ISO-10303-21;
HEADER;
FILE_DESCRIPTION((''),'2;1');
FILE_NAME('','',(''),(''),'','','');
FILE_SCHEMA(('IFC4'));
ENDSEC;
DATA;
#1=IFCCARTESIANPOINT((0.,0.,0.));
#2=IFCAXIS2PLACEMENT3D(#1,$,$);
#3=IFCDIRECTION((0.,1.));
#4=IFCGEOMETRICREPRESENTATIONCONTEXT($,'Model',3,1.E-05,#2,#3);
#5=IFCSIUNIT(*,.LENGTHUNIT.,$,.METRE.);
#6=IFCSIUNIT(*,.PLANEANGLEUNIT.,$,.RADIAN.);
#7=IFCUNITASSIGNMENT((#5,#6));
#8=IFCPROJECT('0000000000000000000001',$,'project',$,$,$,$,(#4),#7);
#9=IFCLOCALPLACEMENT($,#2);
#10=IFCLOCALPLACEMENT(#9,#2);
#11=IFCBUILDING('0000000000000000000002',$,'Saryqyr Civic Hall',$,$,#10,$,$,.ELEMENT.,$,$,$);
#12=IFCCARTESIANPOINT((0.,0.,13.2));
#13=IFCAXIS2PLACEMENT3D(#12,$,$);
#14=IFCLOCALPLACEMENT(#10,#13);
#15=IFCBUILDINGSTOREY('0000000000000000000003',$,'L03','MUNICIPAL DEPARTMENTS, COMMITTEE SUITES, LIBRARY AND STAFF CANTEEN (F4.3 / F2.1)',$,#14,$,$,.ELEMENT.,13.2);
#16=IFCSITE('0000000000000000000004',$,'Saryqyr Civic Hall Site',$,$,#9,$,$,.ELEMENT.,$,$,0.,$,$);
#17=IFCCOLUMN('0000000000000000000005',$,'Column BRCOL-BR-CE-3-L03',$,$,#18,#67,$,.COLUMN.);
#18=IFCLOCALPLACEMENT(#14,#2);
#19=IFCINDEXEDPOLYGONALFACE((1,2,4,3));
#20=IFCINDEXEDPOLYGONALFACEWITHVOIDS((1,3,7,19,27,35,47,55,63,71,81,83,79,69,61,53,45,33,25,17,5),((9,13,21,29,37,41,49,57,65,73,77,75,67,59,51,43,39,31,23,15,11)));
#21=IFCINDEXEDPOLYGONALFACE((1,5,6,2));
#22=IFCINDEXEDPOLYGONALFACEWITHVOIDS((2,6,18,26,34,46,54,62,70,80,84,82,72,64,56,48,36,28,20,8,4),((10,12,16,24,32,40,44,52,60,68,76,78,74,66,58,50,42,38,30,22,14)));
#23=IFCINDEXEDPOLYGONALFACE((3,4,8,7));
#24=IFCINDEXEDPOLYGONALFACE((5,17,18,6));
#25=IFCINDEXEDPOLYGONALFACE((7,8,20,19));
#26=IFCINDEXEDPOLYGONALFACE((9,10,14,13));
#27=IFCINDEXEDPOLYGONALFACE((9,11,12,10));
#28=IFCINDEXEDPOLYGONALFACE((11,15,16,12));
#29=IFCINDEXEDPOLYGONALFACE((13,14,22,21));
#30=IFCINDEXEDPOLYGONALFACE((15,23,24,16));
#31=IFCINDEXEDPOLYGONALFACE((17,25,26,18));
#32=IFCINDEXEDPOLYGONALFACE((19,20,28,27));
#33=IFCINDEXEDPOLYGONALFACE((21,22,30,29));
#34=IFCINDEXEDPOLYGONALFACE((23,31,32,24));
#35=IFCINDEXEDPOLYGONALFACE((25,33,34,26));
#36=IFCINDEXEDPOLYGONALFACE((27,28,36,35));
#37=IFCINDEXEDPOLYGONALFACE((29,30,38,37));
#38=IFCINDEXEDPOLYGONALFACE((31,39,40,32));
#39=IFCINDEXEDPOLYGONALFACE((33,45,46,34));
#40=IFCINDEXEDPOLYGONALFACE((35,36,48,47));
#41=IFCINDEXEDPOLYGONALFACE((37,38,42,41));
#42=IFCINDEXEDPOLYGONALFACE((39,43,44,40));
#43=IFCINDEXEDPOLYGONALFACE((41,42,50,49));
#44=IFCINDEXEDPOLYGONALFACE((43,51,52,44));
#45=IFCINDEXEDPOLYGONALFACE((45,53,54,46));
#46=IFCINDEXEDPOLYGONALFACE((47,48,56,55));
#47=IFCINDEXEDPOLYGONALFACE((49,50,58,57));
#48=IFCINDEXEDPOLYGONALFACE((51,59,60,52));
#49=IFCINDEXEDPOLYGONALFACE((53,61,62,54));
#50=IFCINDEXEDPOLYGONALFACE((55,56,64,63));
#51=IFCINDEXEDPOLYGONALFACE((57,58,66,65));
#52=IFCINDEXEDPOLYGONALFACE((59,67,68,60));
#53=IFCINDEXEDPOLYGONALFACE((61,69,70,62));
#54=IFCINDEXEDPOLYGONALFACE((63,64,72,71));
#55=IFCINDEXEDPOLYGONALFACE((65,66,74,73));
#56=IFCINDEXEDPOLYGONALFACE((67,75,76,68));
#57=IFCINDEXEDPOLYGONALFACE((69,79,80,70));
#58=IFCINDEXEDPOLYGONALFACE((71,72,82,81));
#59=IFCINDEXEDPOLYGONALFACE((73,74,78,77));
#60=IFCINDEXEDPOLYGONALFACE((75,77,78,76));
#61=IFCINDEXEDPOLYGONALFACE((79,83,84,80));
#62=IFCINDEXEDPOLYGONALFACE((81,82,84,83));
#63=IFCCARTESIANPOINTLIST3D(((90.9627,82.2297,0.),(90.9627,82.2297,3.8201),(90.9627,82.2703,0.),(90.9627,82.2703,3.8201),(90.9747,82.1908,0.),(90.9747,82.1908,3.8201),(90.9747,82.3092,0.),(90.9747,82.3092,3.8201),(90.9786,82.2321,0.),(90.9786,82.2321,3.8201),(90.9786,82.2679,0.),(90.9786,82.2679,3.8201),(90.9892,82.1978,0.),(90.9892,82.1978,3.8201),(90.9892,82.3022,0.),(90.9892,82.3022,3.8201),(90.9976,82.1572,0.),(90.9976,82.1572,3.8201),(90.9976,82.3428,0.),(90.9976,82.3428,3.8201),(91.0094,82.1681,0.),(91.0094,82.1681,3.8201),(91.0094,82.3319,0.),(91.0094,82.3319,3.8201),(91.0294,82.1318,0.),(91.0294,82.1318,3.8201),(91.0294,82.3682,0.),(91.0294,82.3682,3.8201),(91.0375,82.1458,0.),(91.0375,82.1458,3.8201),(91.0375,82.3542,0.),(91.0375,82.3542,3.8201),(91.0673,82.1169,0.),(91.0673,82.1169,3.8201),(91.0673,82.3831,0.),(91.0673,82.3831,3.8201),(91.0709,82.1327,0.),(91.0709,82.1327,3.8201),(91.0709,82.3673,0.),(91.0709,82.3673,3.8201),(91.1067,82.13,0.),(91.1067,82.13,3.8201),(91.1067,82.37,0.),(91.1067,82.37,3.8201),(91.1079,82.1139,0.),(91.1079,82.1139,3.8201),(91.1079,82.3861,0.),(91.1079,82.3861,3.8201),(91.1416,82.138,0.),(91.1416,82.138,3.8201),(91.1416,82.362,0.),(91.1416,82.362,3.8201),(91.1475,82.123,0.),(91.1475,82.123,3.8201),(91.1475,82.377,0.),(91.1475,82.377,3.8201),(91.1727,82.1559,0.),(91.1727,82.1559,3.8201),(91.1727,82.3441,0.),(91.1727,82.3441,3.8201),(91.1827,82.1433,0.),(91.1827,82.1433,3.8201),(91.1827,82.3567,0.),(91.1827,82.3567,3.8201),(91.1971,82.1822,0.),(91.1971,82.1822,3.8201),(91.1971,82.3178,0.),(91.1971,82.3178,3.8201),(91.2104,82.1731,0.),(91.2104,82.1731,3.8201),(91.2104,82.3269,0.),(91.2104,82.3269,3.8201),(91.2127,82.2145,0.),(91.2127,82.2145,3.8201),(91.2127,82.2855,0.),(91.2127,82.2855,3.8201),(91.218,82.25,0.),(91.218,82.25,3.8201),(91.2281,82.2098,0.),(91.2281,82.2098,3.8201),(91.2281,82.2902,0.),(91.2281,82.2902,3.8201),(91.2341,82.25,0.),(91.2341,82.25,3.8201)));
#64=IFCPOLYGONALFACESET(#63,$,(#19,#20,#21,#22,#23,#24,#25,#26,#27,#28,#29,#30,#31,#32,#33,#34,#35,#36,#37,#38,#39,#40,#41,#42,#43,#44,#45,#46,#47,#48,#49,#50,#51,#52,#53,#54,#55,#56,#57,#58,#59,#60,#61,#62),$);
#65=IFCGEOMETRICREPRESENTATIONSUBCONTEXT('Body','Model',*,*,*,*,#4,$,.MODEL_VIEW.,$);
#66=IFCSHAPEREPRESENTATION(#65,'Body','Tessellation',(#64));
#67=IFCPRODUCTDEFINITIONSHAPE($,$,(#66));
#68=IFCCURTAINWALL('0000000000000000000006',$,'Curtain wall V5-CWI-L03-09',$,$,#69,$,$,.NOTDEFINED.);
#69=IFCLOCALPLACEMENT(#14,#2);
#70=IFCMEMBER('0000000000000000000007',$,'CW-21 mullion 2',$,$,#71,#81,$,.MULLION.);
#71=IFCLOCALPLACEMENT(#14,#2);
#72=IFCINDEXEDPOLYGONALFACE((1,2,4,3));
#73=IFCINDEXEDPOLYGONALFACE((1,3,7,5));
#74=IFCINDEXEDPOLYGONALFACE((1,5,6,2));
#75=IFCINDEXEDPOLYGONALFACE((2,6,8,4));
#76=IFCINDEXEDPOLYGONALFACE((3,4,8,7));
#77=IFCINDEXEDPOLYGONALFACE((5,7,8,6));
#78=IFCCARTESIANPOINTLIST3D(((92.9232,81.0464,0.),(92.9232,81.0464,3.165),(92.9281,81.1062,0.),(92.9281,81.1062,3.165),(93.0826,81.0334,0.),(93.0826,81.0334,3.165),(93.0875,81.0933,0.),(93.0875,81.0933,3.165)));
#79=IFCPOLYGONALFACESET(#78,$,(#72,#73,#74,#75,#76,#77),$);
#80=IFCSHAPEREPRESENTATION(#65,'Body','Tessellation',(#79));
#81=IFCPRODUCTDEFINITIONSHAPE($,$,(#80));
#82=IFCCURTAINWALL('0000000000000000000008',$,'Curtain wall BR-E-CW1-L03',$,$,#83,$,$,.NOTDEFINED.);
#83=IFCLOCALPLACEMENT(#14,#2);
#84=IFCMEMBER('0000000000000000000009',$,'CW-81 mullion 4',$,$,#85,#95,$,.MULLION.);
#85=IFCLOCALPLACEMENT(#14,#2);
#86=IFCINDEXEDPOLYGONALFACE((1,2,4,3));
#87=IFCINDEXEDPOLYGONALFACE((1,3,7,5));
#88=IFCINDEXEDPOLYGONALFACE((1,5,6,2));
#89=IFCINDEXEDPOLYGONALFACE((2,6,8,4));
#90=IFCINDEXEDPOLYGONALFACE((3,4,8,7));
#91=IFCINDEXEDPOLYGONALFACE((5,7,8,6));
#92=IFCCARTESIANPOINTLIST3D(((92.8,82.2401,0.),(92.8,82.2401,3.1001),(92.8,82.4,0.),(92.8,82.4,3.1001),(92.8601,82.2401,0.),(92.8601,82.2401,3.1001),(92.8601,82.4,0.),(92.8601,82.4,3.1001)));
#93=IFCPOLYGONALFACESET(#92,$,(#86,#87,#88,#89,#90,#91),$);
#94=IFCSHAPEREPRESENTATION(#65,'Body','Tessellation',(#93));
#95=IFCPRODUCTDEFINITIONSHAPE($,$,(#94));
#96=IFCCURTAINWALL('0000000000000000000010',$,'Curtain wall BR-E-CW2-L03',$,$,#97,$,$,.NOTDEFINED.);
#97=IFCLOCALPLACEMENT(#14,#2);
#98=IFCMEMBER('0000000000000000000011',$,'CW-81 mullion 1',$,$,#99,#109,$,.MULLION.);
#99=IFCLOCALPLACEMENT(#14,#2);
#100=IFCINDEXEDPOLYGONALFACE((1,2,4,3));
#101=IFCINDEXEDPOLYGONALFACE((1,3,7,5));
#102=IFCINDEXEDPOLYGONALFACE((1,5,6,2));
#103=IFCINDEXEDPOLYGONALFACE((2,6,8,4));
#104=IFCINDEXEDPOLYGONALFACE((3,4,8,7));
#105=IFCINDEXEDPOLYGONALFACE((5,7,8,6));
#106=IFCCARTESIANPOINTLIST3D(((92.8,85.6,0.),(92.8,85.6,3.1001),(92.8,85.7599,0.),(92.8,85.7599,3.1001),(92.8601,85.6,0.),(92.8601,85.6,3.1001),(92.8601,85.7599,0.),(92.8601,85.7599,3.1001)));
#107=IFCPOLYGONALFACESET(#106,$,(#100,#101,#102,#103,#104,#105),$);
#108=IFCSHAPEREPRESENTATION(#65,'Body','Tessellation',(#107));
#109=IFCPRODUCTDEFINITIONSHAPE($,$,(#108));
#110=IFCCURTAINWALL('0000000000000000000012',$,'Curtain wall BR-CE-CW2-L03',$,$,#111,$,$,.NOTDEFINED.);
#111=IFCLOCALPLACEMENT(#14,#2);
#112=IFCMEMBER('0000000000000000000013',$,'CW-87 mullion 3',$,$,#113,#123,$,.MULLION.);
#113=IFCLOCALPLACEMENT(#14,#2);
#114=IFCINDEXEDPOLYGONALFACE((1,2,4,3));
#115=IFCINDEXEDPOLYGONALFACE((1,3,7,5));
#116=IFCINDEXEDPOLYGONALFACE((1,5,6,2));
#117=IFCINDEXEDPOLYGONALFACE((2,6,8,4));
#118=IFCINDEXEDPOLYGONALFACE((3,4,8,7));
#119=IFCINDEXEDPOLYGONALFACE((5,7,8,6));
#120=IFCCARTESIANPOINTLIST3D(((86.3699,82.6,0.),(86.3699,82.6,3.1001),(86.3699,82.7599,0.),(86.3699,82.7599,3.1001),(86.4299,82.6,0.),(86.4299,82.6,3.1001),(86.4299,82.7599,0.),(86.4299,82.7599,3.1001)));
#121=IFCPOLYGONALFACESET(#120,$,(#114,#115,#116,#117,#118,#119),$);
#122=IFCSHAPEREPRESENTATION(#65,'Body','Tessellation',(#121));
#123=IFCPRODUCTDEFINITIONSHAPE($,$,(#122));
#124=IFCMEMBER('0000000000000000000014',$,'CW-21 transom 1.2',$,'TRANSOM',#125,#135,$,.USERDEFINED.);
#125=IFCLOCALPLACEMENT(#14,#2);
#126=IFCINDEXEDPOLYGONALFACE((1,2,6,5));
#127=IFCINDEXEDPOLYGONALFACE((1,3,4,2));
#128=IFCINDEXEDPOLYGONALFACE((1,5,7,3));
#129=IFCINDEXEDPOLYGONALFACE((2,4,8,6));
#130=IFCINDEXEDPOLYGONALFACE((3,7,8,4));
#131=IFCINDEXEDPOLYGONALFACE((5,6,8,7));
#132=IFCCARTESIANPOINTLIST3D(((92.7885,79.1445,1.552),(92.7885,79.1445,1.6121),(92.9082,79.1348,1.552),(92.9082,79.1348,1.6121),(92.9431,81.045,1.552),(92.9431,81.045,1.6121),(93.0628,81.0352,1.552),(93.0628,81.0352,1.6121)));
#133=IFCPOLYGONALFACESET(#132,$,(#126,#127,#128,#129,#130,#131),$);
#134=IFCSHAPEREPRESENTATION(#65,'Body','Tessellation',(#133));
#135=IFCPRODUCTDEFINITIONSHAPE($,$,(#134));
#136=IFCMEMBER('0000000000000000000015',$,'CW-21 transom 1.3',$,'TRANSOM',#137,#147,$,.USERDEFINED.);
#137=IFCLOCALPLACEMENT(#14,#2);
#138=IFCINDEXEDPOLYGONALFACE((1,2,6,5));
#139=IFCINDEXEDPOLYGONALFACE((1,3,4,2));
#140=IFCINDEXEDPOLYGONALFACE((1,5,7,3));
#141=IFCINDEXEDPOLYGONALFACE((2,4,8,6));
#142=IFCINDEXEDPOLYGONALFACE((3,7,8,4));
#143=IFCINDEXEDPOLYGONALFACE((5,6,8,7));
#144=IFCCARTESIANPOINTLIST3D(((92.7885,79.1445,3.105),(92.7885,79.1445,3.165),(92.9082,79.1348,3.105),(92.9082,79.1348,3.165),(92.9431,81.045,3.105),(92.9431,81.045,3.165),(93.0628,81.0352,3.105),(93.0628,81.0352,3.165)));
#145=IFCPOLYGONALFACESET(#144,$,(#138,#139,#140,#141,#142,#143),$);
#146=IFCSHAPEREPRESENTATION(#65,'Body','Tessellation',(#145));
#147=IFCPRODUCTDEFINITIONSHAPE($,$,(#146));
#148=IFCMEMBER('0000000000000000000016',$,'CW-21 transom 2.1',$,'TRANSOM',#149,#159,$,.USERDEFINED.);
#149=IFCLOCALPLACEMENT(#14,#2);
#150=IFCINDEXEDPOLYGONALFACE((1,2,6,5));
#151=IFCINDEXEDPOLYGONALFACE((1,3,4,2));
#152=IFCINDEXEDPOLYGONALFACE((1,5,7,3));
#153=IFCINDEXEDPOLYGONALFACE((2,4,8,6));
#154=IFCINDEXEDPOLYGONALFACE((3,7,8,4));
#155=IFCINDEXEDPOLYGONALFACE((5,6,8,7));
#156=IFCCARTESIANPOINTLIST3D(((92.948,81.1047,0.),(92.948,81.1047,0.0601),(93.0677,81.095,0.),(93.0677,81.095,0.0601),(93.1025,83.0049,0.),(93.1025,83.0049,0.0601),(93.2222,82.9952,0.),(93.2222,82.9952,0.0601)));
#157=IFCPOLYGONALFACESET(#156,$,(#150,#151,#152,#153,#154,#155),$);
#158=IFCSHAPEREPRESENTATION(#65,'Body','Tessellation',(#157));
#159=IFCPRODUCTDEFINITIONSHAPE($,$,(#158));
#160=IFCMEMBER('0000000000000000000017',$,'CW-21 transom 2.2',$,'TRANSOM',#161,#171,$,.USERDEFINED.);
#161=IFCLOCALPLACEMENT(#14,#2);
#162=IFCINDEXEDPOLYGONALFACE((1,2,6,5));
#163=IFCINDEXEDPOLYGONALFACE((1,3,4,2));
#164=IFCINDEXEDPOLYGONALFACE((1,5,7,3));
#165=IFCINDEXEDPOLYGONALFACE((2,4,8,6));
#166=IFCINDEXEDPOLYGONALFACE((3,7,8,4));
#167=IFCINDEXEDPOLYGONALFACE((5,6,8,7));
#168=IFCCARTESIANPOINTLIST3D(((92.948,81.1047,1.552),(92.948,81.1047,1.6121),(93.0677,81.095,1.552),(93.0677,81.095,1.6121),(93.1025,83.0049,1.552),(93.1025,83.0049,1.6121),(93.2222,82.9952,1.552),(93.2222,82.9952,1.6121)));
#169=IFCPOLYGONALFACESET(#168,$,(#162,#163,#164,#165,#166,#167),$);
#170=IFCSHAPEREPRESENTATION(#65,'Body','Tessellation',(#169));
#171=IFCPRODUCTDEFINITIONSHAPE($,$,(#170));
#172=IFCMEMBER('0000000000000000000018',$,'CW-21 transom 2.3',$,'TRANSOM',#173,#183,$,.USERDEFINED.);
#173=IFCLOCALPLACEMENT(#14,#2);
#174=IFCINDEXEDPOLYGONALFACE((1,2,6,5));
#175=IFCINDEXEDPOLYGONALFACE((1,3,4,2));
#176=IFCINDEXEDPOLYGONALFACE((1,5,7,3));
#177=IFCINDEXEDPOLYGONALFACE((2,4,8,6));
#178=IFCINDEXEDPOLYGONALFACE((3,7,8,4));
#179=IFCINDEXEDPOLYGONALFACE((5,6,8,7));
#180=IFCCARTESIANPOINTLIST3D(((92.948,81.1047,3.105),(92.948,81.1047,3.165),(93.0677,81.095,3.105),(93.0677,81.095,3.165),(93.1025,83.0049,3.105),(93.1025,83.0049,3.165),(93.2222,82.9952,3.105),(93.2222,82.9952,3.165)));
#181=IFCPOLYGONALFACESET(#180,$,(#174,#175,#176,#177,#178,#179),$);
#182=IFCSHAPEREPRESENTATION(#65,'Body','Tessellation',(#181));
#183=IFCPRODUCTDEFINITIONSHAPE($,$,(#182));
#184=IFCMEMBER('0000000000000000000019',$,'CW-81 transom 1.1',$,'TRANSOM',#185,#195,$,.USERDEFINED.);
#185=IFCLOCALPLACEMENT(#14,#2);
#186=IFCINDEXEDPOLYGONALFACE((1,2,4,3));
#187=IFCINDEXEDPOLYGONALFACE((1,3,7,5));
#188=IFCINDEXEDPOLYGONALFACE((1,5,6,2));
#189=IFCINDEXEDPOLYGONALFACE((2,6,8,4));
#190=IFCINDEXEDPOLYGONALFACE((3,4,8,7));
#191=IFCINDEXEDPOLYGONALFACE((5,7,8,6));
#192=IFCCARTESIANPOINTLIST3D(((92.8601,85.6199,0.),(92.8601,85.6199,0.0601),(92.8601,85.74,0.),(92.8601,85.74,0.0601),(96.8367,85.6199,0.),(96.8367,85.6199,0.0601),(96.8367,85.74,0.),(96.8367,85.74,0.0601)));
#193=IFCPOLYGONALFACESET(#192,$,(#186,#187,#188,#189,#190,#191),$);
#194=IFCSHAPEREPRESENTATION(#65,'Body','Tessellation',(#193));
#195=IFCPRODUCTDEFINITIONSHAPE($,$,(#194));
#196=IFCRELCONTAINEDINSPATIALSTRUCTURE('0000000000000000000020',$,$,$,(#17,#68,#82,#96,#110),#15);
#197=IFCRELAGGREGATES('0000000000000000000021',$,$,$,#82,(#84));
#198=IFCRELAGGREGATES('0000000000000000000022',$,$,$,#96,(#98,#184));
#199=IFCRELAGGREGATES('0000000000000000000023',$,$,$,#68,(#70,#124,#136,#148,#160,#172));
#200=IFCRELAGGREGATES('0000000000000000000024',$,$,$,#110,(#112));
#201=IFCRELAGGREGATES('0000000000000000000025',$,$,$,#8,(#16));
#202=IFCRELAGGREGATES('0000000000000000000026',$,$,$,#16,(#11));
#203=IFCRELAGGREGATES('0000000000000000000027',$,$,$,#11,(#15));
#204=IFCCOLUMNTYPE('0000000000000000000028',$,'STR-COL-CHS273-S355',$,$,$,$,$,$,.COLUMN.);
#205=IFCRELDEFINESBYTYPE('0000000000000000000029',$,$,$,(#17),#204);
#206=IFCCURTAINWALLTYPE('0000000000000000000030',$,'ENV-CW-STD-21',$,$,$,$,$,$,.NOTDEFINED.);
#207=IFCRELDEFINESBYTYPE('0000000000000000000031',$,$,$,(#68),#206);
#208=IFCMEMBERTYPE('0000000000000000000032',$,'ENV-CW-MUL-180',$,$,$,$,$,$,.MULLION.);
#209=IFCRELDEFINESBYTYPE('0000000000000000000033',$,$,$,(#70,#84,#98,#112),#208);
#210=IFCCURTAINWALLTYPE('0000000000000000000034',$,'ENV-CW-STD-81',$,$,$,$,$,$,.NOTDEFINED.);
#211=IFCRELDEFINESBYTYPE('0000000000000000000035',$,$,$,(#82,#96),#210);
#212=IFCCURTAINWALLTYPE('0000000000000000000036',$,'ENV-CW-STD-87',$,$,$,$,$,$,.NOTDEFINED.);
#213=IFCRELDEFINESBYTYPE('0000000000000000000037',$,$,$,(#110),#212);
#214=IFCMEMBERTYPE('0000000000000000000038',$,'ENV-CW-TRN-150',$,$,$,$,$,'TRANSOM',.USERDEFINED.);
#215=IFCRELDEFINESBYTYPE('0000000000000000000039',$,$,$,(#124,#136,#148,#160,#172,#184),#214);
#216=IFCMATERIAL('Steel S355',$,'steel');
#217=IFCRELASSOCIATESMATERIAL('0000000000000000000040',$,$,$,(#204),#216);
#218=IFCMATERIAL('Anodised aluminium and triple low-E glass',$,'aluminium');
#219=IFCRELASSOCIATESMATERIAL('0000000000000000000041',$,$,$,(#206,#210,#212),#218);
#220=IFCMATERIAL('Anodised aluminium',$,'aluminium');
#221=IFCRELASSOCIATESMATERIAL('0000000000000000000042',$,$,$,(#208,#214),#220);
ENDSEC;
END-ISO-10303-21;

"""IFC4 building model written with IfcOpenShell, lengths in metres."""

from ifc_helpers import new_model, si_unit, direction, frame, origin, origin_2d, place, context, subcontext, project, spatial, rectangle, hollow_circle, extrude, material, material_profile, profile_set, type_object, element, aggregate, save


model = new_model("IFC4")

# Units and contexts
model_context = context("Model", 3, precision=1e-05, world=origin(), true_north=direction((0.0, 1.0)))
body_context = subcontext(model_context, "Body", "Model", "MODEL_VIEW")
ifc_project = project(units=[si_unit("LENGTHUNIT", "METRE"), si_unit("PLANEANGLEUNIT", "RADIAN")], contexts=[model_context])

# Site, building, storey
site_placement = place(None, origin())
site = spatial("IfcSite", under=ifc_project, at=site_placement, Name="Saryqyr Civic Hall Site", CompositionType="ELEMENT", RefElevation=0.0)
building_placement = place(site_placement, origin())
building = spatial("IfcBuilding", under=site, at=building_placement, Name="Saryqyr Civic Hall", CompositionType="ELEMENT")
storey_placement = place(building_placement, frame((0.0, 0.0, 13.2)))
storey = spatial("IfcBuildingStorey", under=building, at=storey_placement, Name="L03", Description="MUNICIPAL DEPARTMENTS, COMMITTEE SUITES, LIBRARY AND STAFF CANTEEN (F4.3 / F2.1)", CompositionType="ELEMENT", Elevation=13.2)

# Column
ifc_material_1 = material(Name="Steel S355", Category="steel")
ifc_material_profile_1 = material_profile(ifc_material_1, hollow_circle(Radius=0.1365, WallThickness=0.0161, at=origin_2d()), Name="CHS 273x16")
ifc_profile_set_1 = profile_set([ifc_material_profile_1], Name="Steel S355")
column_type = type_object("IfcColumnType", Name="STR-COL-CHS273-S355", PredefinedType="COLUMN", material=ifc_profile_set_1)
column_placement = place(storey_placement, frame((91.0977, 82.25, 0.0), z_axis=(0.0, 0.0, 1.0), x_axis=(1.0, 0.0, 0.0)))
element("IfcColumn", 1, at=column_placement, inside=storey, type_object=column_type, Name="Column BRCOL-BR-CE-3-L03", PredefinedType="COLUMN", context=body_context, shape_type="SweptSolid", body=[
    extrude(hollow_circle(Radius=0.1365, WallThickness=0.0161, at=origin_2d()), origin(), (0.0, 0.0, 1.0), 3.8201),
])

# Curtain walls, members
ifc_material_2 = material(Name="Anodised aluminium and triple low-E glass", Category="aluminium")
curtain_wall_type_1 = type_object("IfcCurtainWallType", Name="ENV-CW-STD-21", PredefinedType="NOTDEFINED", material=ifc_material_2)
curtain_wall_1_placement = place(storey_placement, origin())
curtain_wall_1 = element("IfcCurtainWall", 2, at=curtain_wall_1_placement, inside=storey, type_object=curtain_wall_type_1, Name="Curtain wall V5-CWI-L03-09", PredefinedType="NOTDEFINED")
ifc_material_3 = material(Name="Anodised aluminium", Category="aluminium")
ifc_material_profile_2 = material_profile(ifc_material_3, rectangle(XDim=0.0601, YDim=0.1599, at=origin_2d()), Name="ALU MULLION 60x160")
ifc_profile_set_2 = profile_set([ifc_material_profile_2], Name="Anodised aluminium")
member_type_1 = type_object("IfcMemberType", Name="ENV-CW-MUL-180", PredefinedType="MULLION", material=ifc_profile_set_2)
member_1_placement = place(storey_placement, frame((93.0054, 81.0698, 0.0), z_axis=(0.0, 0.0, 1.0), x_axis=(0.081091, 0.996707, 0.0)))
member_1 = element("IfcMember", 3, at=member_1_placement, type_object=member_type_1, Name="CW-21 mullion 2", PredefinedType="MULLION", context=body_context, shape_type="SweptSolid", body=[
    extrude(rectangle(XDim=0.0601, YDim=0.1599, at=origin_2d()), origin(), (0.0, 0.0, 1.0), 3.165),
])
curtain_wall_type_2 = type_object("IfcCurtainWallType", Name="ENV-CW-STD-81", PredefinedType="NOTDEFINED", material=ifc_material_2)
curtain_wall_2_placement = place(storey_placement, origin())
curtain_wall_2 = element("IfcCurtainWall", 4, at=curtain_wall_2_placement, inside=storey, type_object=curtain_wall_type_2, Name="Curtain wall BR-E-CW1-L03", PredefinedType="NOTDEFINED")
member_2_placement = place(storey_placement, frame((92.8301, 82.3201, 0.0), z_axis=(0.0, 0.0, 1.0), x_axis=(-1.0, 0.0, 0.0)))
member_2 = element("IfcMember", 5, at=member_2_placement, type_object=member_type_1, Name="CW-81 mullion 4", PredefinedType="MULLION", context=body_context, shape_type="SweptSolid", body=[
    extrude(rectangle(XDim=0.0601, YDim=0.1599, at=origin_2d()), origin(), (0.0, 0.0, 1.0), 3.1001),
])
aggregate(curtain_wall_2, [member_2])
curtain_wall_3_placement = place(storey_placement, origin())
curtain_wall_3 = element("IfcCurtainWall", 6, at=curtain_wall_3_placement, inside=storey, type_object=curtain_wall_type_2, Name="Curtain wall BR-E-CW2-L03", PredefinedType="NOTDEFINED")
member_3_placement = place(storey_placement, frame((92.8301, 85.6799, 0.0), z_axis=(0.0, 0.0, 1.0), x_axis=(1.0, 0.0, 0.0)))
member_3 = element("IfcMember", 7, at=member_3_placement, type_object=member_type_1, Name="CW-81 mullion 1", PredefinedType="MULLION", context=body_context, shape_type="SweptSolid", body=[
    extrude(rectangle(XDim=0.0601, YDim=0.1599, at=origin_2d()), origin(), (0.0, 0.0, 1.0), 3.1001),
])
curtain_wall_type_3 = type_object("IfcCurtainWallType", Name="ENV-CW-STD-87", PredefinedType="NOTDEFINED", material=ifc_material_2)
curtain_wall_4_placement = place(storey_placement, origin())
curtain_wall_4 = element("IfcCurtainWall", 8, at=curtain_wall_4_placement, inside=storey, type_object=curtain_wall_type_3, Name="Curtain wall BR-CE-CW2-L03", PredefinedType="NOTDEFINED")
member_4_placement = place(storey_placement, frame((86.3999, 82.6799, 0.0), z_axis=(0.0, 0.0, 1.0), x_axis=(1.0, 0.0, 0.0)))
member_4 = element("IfcMember", 9, at=member_4_placement, type_object=member_type_1, Name="CW-87 mullion 3", PredefinedType="MULLION", context=body_context, shape_type="SweptSolid", body=[
    extrude(rectangle(XDim=0.0601, YDim=0.1599, at=origin_2d()), origin(), (0.0, 0.0, 1.0), 3.1001),
])

# Members
ifc_material_profile_3 = material_profile(ifc_material_3, rectangle(XDim=0.1201, YDim=0.0601, at=origin_2d()), Name="ALU TRANSOM 120x60")
ifc_profile_set_3 = profile_set([ifc_material_profile_3], Name="Anodised aluminium")
member_type_2 = type_object("IfcMemberType", Name="ENV-CW-TRN-150", ElementType="TRANSOM", PredefinedType="USERDEFINED", material=ifc_profile_set_3)
member_5_placement = place(storey_placement, frame((92.8484, 79.1396, 1.582), z_axis=(0.081053, 0.99671, 0.0), x_axis=(-0.99671, 0.081053, 0.0)))
member_5 = element("IfcMember", 10, at=member_5_placement, type_object=member_type_2, Name="CW-21 transom 1.2", ObjectType="TRANSOM", PredefinedType="USERDEFINED", context=body_context, shape_type="SweptSolid", body=[
    extrude(rectangle(XDim=0.1201, YDim=0.0601, at=origin_2d()), origin(), (0.0, 0.0, 1.0), 1.9067),
])
member_6_placement = place(storey_placement, frame((92.8484, 79.1396, 3.135), z_axis=(0.081053, 0.99671, 0.0), x_axis=(-0.99671, 0.081053, 0.0)))
member_6 = element("IfcMember", 11, at=member_6_placement, type_object=member_type_2, Name="CW-21 transom 1.3", ObjectType="TRANSOM", PredefinedType="USERDEFINED", context=body_context, shape_type="SweptSolid", body=[
    extrude(rectangle(XDim=0.1201, YDim=0.0601, at=origin_2d()), origin(), (0.0, 0.0, 1.0), 1.9067),
])
member_7_placement = place(storey_placement, frame((93.0078, 81.0999, 0.03), z_axis=(0.081063, 0.996709, 0.0), x_axis=(-0.996709, 0.081063, 0.0)))
member_7 = element("IfcMember", 12, at=member_7_placement, type_object=member_type_2, Name="CW-21 transom 2.1", ObjectType="TRANSOM", PredefinedType="USERDEFINED", context=body_context, shape_type="SweptSolid", body=[
    extrude(rectangle(XDim=0.1201, YDim=0.0601, at=origin_2d()), origin(), (0.0, 0.0, 1.0), 1.9065),
])
member_8_placement = place(storey_placement, frame((93.0078, 81.0999, 1.582), z_axis=(0.081063, 0.996709, 0.0), x_axis=(-0.996709, 0.081063, 0.0)))
member_8 = element("IfcMember", 13, at=member_8_placement, type_object=member_type_2, Name="CW-21 transom 2.2", ObjectType="TRANSOM", PredefinedType="USERDEFINED", context=body_context, shape_type="SweptSolid", body=[
    extrude(rectangle(XDim=0.1201, YDim=0.0601, at=origin_2d()), origin(), (0.0, 0.0, 1.0), 1.9065),
])
member_9_placement = place(storey_placement, frame((93.0078, 81.0999, 3.135), z_axis=(0.081063, 0.996709, 0.0), x_axis=(-0.996709, 0.081063, 0.0)))
member_9 = element("IfcMember", 14, at=member_9_placement, type_object=member_type_2, Name="CW-21 transom 2.3", ObjectType="TRANSOM", PredefinedType="USERDEFINED", context=body_context, shape_type="SweptSolid", body=[
    extrude(rectangle(XDim=0.1201, YDim=0.0601, at=origin_2d()), origin(), (0.0, 0.0, 1.0), 1.9065),
])
member_10_placement = place(storey_placement, frame((92.8601, 85.6799, 0.03), z_axis=(1.0, 0.0, 0.0), x_axis=(0.0, 1.0, 0.0)))
member_10 = element("IfcMember", 15, at=member_10_placement, type_object=member_type_2, Name="CW-81 transom 1.1", ObjectType="TRANSOM", PredefinedType="USERDEFINED", context=body_context, shape_type="SweptSolid", body=[
    extrude(rectangle(XDim=0.1201, YDim=0.0601, at=origin_2d()), origin(), (0.0, 0.0, 1.0), 3.9766),
])
aggregate(curtain_wall_3, [member_3, member_10])

aggregate(curtain_wall_1, [member_1, member_5, member_6, member_7, member_8, member_9])
aggregate(curtain_wall_4, [member_4])

save(model, "model.ifc")
